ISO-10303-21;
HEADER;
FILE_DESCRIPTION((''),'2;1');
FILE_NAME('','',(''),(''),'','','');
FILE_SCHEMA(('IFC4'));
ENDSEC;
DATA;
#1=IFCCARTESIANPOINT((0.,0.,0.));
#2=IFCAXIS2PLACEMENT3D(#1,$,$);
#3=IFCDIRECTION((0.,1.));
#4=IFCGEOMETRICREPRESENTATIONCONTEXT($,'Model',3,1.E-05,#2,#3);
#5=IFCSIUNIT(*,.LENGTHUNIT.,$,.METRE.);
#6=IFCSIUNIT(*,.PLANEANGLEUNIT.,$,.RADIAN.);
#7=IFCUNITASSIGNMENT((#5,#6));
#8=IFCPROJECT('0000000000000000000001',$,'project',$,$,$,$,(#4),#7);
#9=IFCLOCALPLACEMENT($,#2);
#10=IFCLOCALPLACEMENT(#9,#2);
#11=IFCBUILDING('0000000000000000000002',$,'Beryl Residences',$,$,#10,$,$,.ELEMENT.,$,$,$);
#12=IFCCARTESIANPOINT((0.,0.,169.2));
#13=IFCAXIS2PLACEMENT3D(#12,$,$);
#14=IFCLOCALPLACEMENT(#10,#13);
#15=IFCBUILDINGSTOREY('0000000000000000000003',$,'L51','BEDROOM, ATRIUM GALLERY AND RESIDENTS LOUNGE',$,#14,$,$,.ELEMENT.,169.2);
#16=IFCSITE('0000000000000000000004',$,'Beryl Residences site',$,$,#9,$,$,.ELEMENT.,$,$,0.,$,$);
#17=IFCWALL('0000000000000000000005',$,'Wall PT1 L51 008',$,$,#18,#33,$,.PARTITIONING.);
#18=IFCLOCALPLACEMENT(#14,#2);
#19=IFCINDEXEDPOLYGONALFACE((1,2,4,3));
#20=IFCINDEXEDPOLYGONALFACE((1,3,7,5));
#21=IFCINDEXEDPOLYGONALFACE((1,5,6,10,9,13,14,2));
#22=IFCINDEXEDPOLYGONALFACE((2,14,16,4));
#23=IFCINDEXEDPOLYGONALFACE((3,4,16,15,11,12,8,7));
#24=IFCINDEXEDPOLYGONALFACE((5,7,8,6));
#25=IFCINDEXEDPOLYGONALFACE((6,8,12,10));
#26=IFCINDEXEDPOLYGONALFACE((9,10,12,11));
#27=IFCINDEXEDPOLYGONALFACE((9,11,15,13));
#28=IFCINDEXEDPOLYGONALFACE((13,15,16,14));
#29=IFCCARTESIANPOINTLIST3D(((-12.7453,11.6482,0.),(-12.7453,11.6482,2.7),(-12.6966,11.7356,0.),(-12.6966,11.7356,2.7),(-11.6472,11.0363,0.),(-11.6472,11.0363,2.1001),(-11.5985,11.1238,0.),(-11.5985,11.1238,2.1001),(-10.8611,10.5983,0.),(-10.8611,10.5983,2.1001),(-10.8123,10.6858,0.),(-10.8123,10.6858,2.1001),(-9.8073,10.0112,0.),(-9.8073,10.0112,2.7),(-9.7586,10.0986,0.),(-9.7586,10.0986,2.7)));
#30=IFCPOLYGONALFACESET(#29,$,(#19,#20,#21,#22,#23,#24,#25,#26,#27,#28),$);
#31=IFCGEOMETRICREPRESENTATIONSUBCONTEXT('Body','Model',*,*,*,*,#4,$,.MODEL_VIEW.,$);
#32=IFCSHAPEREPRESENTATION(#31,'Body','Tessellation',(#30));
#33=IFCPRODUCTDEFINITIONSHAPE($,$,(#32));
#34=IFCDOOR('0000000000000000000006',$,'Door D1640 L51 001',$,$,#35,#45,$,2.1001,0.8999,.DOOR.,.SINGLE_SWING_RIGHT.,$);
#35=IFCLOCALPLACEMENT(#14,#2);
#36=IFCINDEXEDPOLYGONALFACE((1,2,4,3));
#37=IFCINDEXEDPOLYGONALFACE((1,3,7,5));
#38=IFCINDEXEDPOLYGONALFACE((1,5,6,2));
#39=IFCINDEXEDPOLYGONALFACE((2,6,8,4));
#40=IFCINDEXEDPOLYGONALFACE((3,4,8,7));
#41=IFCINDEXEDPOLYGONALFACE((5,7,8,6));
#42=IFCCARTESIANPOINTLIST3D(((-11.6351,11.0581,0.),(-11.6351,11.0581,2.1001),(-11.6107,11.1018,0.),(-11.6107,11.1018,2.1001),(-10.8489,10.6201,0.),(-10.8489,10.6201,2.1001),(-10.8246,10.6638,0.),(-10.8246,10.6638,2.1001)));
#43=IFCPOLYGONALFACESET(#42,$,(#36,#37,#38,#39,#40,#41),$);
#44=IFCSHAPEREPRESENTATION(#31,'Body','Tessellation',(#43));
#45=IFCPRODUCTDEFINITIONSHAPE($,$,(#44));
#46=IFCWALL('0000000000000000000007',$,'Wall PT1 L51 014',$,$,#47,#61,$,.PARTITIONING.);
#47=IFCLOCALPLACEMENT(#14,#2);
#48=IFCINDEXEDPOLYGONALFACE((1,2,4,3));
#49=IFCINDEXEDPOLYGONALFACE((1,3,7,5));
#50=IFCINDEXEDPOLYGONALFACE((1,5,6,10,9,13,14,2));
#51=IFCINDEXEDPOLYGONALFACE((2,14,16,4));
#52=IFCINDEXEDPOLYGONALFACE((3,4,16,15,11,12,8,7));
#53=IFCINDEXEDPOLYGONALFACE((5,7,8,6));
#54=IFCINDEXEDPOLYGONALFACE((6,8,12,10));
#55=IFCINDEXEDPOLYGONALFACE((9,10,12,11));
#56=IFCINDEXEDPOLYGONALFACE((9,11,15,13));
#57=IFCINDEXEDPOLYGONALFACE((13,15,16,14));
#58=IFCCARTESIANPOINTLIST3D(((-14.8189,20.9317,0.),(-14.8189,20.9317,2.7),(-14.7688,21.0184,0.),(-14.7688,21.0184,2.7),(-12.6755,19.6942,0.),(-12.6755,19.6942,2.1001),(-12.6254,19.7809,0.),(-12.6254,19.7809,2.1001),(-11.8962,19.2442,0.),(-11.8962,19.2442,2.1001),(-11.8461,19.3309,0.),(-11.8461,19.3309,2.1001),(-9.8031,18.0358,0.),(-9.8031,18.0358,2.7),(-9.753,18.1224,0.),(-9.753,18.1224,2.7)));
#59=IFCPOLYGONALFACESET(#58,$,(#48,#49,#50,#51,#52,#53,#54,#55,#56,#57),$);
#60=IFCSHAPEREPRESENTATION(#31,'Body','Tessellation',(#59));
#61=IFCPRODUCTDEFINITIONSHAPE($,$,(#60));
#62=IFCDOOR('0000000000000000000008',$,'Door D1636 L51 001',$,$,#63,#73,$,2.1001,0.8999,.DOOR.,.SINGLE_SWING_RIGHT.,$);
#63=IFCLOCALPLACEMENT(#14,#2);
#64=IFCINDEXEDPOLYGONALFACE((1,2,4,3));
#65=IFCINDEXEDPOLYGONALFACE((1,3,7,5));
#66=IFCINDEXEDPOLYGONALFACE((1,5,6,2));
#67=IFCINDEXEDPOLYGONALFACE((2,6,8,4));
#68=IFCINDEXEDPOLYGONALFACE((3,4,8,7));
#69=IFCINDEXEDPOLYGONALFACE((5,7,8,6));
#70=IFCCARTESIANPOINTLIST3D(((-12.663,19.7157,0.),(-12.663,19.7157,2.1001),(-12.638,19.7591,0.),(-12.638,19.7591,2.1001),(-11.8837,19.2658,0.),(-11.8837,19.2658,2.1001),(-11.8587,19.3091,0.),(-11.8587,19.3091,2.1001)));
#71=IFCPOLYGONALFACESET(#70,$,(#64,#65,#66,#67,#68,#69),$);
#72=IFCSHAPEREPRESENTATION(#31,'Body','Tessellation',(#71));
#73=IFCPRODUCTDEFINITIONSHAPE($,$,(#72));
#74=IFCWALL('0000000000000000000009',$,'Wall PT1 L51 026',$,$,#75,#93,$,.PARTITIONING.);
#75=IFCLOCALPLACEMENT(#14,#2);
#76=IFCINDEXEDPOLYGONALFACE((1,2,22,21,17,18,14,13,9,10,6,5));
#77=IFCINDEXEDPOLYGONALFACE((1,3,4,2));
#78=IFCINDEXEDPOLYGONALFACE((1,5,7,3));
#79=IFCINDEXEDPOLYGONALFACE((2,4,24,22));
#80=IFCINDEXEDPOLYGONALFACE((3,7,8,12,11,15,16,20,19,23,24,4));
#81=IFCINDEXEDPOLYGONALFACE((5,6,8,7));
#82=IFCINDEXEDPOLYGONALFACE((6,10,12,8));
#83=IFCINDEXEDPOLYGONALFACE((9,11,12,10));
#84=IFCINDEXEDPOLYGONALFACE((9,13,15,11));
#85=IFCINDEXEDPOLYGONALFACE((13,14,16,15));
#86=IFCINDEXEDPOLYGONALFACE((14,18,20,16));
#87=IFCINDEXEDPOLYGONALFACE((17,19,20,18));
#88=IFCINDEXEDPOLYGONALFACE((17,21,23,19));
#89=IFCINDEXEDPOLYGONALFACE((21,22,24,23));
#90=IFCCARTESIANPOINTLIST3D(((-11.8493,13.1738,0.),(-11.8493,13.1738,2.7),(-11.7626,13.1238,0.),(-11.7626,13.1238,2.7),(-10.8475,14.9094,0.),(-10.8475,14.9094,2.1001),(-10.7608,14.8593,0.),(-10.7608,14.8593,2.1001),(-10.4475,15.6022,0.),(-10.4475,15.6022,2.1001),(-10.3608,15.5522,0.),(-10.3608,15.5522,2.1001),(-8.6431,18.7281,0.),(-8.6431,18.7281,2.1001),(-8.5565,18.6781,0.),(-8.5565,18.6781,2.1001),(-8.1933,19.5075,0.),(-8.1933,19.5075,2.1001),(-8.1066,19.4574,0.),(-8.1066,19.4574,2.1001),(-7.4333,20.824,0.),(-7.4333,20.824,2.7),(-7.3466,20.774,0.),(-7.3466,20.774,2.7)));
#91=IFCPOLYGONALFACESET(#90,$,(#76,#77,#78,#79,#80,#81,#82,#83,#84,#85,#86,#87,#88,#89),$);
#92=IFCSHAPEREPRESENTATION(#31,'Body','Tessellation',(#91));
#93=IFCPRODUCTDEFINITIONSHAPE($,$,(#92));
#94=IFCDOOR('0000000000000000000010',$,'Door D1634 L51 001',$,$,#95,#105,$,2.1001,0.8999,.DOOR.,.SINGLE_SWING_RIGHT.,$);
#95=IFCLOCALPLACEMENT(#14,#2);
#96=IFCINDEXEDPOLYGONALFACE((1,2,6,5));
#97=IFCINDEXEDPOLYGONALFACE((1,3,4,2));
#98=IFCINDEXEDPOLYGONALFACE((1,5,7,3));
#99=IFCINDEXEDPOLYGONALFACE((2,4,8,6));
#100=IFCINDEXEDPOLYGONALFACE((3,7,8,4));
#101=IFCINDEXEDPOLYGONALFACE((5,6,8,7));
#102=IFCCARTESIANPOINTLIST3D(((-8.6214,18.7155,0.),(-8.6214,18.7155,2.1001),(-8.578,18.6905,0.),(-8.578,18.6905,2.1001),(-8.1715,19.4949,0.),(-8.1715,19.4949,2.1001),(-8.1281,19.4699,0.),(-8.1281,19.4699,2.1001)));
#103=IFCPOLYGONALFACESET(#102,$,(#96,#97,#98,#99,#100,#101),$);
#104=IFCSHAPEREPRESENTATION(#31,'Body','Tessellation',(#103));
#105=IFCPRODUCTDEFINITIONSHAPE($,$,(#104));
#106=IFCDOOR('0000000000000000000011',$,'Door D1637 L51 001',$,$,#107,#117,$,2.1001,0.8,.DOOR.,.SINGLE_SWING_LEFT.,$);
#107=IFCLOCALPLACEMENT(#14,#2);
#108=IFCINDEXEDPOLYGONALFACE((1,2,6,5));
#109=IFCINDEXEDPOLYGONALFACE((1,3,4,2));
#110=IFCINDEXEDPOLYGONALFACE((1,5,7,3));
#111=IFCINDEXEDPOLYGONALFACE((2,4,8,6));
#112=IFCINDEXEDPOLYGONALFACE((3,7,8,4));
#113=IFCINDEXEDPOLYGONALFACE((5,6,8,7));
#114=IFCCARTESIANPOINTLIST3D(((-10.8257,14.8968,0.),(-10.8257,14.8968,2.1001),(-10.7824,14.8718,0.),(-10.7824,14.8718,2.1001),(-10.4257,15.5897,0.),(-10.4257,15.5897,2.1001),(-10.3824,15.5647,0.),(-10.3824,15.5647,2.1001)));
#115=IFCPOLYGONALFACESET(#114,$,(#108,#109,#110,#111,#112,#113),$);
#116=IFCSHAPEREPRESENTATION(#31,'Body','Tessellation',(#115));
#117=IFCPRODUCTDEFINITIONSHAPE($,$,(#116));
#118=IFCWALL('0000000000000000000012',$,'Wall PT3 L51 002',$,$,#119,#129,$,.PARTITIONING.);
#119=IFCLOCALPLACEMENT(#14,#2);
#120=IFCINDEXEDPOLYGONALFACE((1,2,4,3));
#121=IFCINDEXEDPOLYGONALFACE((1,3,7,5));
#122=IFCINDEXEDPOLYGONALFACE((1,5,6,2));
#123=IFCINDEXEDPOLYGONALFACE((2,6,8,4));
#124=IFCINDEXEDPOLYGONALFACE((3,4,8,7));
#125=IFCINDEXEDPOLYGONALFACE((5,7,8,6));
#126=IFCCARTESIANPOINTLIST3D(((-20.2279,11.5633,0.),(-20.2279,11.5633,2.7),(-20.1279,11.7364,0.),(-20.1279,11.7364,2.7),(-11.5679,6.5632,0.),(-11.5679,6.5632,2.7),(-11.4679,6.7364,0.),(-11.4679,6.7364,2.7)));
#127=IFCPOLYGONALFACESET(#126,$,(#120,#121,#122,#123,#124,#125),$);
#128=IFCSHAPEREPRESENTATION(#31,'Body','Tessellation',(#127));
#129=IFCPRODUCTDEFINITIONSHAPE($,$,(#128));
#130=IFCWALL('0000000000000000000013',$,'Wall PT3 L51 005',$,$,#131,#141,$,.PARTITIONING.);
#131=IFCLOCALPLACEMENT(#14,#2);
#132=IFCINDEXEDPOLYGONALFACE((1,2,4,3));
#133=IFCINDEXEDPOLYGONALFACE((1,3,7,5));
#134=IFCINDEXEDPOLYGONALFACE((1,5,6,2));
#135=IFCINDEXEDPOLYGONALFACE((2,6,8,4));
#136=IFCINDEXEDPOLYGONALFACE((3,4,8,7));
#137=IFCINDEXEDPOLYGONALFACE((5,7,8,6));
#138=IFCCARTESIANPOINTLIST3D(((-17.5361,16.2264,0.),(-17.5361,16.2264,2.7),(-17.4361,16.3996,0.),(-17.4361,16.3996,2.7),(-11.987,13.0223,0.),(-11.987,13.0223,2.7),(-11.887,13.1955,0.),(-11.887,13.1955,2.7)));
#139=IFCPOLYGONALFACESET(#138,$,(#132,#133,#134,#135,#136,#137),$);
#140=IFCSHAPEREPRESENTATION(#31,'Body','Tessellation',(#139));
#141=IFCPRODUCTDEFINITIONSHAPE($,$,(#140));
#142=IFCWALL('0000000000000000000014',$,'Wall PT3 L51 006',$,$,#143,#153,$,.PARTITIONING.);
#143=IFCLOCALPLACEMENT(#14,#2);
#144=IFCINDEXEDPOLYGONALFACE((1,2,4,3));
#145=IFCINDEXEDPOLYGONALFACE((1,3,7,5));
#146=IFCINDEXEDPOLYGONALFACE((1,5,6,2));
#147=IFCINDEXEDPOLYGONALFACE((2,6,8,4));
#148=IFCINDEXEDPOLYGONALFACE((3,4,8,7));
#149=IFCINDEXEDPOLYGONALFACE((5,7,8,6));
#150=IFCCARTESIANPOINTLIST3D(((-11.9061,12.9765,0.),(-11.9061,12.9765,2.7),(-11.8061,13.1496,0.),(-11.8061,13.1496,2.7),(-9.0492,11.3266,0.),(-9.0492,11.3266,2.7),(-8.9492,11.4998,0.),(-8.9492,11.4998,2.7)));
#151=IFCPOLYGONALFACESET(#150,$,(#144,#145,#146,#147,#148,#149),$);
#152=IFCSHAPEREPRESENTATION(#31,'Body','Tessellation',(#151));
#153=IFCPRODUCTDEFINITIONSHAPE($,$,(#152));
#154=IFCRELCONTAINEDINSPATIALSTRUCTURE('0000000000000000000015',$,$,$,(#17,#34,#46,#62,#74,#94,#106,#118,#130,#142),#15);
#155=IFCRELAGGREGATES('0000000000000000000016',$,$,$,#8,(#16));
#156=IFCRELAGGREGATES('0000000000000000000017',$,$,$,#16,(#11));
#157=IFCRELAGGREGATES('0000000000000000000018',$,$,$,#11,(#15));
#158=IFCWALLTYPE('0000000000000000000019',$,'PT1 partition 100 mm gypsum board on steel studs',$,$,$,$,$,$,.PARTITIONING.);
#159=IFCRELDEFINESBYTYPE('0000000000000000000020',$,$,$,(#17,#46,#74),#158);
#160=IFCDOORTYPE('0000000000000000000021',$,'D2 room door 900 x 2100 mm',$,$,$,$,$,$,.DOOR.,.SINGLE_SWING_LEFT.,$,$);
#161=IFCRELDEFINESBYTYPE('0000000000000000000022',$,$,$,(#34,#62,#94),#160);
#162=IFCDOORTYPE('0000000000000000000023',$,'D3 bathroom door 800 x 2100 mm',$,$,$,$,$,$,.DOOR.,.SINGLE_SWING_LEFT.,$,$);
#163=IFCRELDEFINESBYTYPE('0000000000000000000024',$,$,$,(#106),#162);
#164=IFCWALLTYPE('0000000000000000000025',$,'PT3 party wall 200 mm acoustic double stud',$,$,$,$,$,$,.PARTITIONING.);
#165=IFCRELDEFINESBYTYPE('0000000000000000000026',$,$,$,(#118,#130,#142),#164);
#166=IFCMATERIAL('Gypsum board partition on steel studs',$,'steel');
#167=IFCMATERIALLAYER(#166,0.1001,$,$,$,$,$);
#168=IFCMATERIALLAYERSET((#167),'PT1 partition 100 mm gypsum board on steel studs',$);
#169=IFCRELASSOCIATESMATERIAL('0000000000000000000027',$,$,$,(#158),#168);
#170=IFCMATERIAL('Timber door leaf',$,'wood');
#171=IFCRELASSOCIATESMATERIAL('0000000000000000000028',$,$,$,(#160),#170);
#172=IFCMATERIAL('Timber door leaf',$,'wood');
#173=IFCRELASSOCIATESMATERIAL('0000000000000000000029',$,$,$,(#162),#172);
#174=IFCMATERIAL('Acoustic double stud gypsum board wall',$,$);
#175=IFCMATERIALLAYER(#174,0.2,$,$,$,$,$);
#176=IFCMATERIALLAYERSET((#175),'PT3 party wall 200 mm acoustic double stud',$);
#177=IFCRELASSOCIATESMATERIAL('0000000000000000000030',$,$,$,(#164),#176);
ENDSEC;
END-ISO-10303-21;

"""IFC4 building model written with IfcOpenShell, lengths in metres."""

from ifc_helpers import new_model, si_unit, direction, frame, frame_2d, origin, place, context, subcontext, project, spatial, rectangle, extrude, material, layer, layer_set, type_object, element, fill, save


model = new_model("IFC4")

# Units and contexts
model_context = context("Model", 3, precision=1e-05, world=origin(), true_north=direction((0.0, 1.0)))
body_context = subcontext(model_context, "Body", "Model", "MODEL_VIEW")
ifc_project = project(units=[si_unit("LENGTHUNIT", "METRE"), si_unit("PLANEANGLEUNIT", "RADIAN")], contexts=[model_context])

# Site, building, storey
site_placement = place(None, origin())
site = spatial("IfcSite", under=ifc_project, at=site_placement, Name="Beryl Residences site", CompositionType="ELEMENT", RefElevation=0.0)
building_placement = place(site_placement, origin())
building = spatial("IfcBuilding", under=site, at=building_placement, Name="Beryl Residences", CompositionType="ELEMENT")
storey_placement = place(building_placement, frame((0.0, 0.0, 169.2)))
storey = spatial("IfcBuildingStorey", under=building, at=storey_placement, Name="L51", Description="BEDROOM, ATRIUM GALLERY AND RESIDENTS LOUNGE", CompositionType="ELEMENT", Elevation=169.2)

# Walls, openings, doors
ifc_material_1 = material(Name="Gypsum board partition on steel studs", Category="steel")
ifc_layer_1 = layer(ifc_material_1, 0.1001)
ifc_layer_set_1 = layer_set([ifc_layer_1], Name="PT1 partition 100 mm gypsum board on steel studs")
wall_type_1 = type_object("IfcWallType", Name="PT1 partition 100 mm gypsum board on steel studs", PredefinedType="PARTITIONING", material=ifc_layer_set_1)
wall_1_placement = place(storey_placement, frame((-12.7209, 11.6919, 0.0), z_axis=(0.0, 0.0, 1.0), x_axis=(0.873557, -0.486721, 0.0)))
wall_1 = element("IfcWall", 1, at=wall_1_placement, inside=storey, type_object=wall_type_1, Name="Wall PT1 L51 008", PredefinedType="PARTITIONING", context=body_context, shape_type="SweptSolid", body=[
    extrude(rectangle(XDim=3.3633, YDim=0.1001, at=frame_2d((1.6816, 0.0))), origin(), (0.0, 0.0, 1.0), 2.7),
])
opening_1_placement = place(wall_1_placement, frame((1.2571, 0.0, 0.0)))
opening_1 = element("IfcOpeningElement", 2, at=opening_1_placement, cuts=wall_1, PredefinedType="OPENING", context=body_context, shape_type="SweptSolid", body=[
    extrude(rectangle(XDim=0.8999, YDim=2.1001, at=frame_2d((0.45, 1.05))), frame((0.0, 0.0601, 0.0), z_axis=(0.0, -1.0, 0.0), x_axis=(1.0, 0.0, 0.0)), (0.0, 0.0, 1.0), 0.1201),
])
ifc_material_2 = material(Name="Timber door leaf", Category="wood")
door_type_1 = type_object("IfcDoorType", Name="D2 room door 900 x 2100 mm", OperationType="SINGLE_SWING_LEFT", PredefinedType="DOOR", material=ifc_material_2)
door_1_placement = place(opening_1_placement, origin())
door_1 = element("IfcDoor", 3, at=door_1_placement, inside=storey, type_object=door_type_1, Name="Door D1640 L51 001", OperationType="SINGLE_SWING_RIGHT", OverallHeight=2.1001, OverallWidth=0.8999, PredefinedType="DOOR", context=body_context, shape_type="SweptSolid", body=[
    extrude(rectangle(XDim=0.8999, YDim=2.1001, at=frame_2d((0.45, 1.05))), frame((0.0, 0.0249, 0.0), z_axis=(0.0, -1.0, 0.0), x_axis=(1.0, 0.0, 0.0)), (0.0, 0.0, 1.0), 0.05),
])
fill(opening_1, door_1)
wall_2_placement = place(storey_placement, frame((-14.7939, 20.9751, 0.0), z_axis=(0.0, 0.0, 1.0), x_axis=(0.866019, -0.500011, 0.0)))
wall_2 = element("IfcWall", 4, at=wall_2_placement, inside=storey, type_object=wall_type_1, Name="Wall PT1 L51 014", PredefinedType="PARTITIONING", context=body_context, shape_type="SweptSolid", body=[
    extrude(rectangle(XDim=5.7917, YDim=0.1001, at=frame_2d((2.896, 0.0))), origin(), (0.0, 0.0, 1.0), 2.7),
])
opening_2_placement = place(wall_2_placement, frame((2.4751, 0.0, 0.0)))
opening_2 = element("IfcOpeningElement", 5, at=opening_2_placement, cuts=wall_2, PredefinedType="OPENING", context=body_context, shape_type="SweptSolid", body=[
    extrude(rectangle(XDim=0.8999, YDim=2.1001, at=frame_2d((0.45, 1.05))), frame((0.0, 0.0601, 0.0), z_axis=(0.0, -1.0, 0.0), x_axis=(1.0, 0.0, 0.0)), (0.0, 0.0, 1.0), 0.1201),
])
door_2_placement = place(opening_2_placement, origin())
door_2 = element("IfcDoor", 6, at=door_2_placement, inside=storey, type_object=door_type_1, Name="Door D1636 L51 001", OperationType="SINGLE_SWING_RIGHT", OverallHeight=2.1001, OverallWidth=0.8999, PredefinedType="DOOR", context=body_context, shape_type="SweptSolid", body=[
    extrude(rectangle(XDim=0.8999, YDim=2.1001, at=frame_2d((0.45, 1.05))), frame((0.0, 0.0249, 0.0), z_axis=(0.0, -1.0, 0.0), x_axis=(1.0, 0.0, 0.0)), (0.0, 0.0, 1.0), 0.05),
])
fill(opening_2, door_2)

# Wall, openings, doors
wall_3_placement = place(storey_placement, frame((-11.8059, 13.1489, 0.0), z_axis=(0.0, 0.0, 1.0), x_axis=(0.499932, 0.866065, 0.0)))
wall_3 = element("IfcWall", 7, at=wall_3_placement, inside=storey, type_object=wall_type_1, Name="Wall PT1 L51 026", PredefinedType="PARTITIONING", context=body_context, shape_type="SweptSolid", body=[
    extrude(rectangle(XDim=8.8333, YDim=0.1001, at=frame_2d((4.4165, 0.0))), origin(), (0.0, 0.0, 1.0), 2.7),
])
opening_3_placement = place(wall_3_placement, frame((6.4131, 0.0, 0.0)))
opening_3 = element("IfcOpeningElement", 8, at=opening_3_placement, cuts=wall_3, PredefinedType="OPENING", context=body_context, shape_type="SweptSolid", body=[
    extrude(rectangle(XDim=0.8999, YDim=2.1001, at=frame_2d((0.45, 1.05))), frame((0.0, 0.0601, 0.0), z_axis=(0.0, -1.0, 0.0), x_axis=(1.0, 0.0, 0.0)), (0.0, 0.0, 1.0), 0.1201),
])
opening_4_placement = place(wall_3_placement, frame((2.0039, 0.0, 0.0)))
opening_4 = element("IfcOpeningElement", 9, at=opening_4_placement, cuts=wall_3, PredefinedType="OPENING", context=body_context, shape_type="SweptSolid", body=[
    extrude(rectangle(XDim=0.8, YDim=2.1001, at=frame_2d((0.3999, 1.05))), frame((0.0, 0.0601, 0.0), z_axis=(0.0, -1.0, 0.0), x_axis=(1.0, 0.0, 0.0)), (0.0, 0.0, 1.0), 0.1201),
])
door_3_placement = place(opening_3_placement, origin())
door_3 = element("IfcDoor", 10, at=door_3_placement, inside=storey, type_object=door_type_1, Name="Door D1634 L51 001", OperationType="SINGLE_SWING_RIGHT", OverallHeight=2.1001, OverallWidth=0.8999, PredefinedType="DOOR", context=body_context, shape_type="SweptSolid", body=[
    extrude(rectangle(XDim=0.8999, YDim=2.1001, at=frame_2d((0.45, 1.05))), frame((0.0, 0.0249, 0.0), z_axis=(0.0, -1.0, 0.0), x_axis=(1.0, 0.0, 0.0)), (0.0, 0.0, 1.0), 0.05),
])
fill(opening_3, door_3)
ifc_material_3 = material(Name="Timber door leaf", Category="wood")
door_type_2 = type_object("IfcDoorType", Name="D3 bathroom door 800 x 2100 mm", OperationType="SINGLE_SWING_LEFT", PredefinedType="DOOR", material=ifc_material_3)
door_4_placement = place(opening_4_placement, origin())
door_4 = element("IfcDoor", 11, at=door_4_placement, inside=storey, type_object=door_type_2, Name="Door D1637 L51 001", OperationType="SINGLE_SWING_LEFT", OverallHeight=2.1001, OverallWidth=0.8, PredefinedType="DOOR", context=body_context, shape_type="SweptSolid", body=[
    extrude(rectangle(XDim=0.8, YDim=2.1001, at=frame_2d((0.3999, 1.05))), frame((0.0, 0.0249, 0.0), z_axis=(0.0, -1.0, 0.0), x_axis=(1.0, 0.0, 0.0)), (0.0, 0.0, 1.0), 0.05),
])
fill(opening_4, door_4)

# Walls
ifc_material_4 = material(Name="Acoustic double stud gypsum board wall")
ifc_layer_2 = layer(ifc_material_4, 0.2)
ifc_layer_set_2 = layer_set([ifc_layer_2], Name="PT3 party wall 200 mm acoustic double stud")
wall_type_2 = type_object("IfcWallType", Name="PT3 party wall 200 mm acoustic double stud", PredefinedType="PARTITIONING", material=ifc_layer_set_2)
wall_4_placement = place(storey_placement, frame((-20.178, 11.6499, 0.0), z_axis=(0.0, 0.0, 1.0), x_axis=(0.866017, -0.500015, 0.0)))
element("IfcWall", 12, at=wall_4_placement, inside=storey, type_object=wall_type_2, Name="Wall PT3 L51 002", PredefinedType="PARTITIONING", context=body_context, shape_type="SweptSolid", body=[
    extrude(rectangle(XDim=9.9998, YDim=0.2, at=frame_2d((5.0, 0.0))), origin(), (0.0, 0.0, 1.0), 2.7),
])
wall_5_placement = place(storey_placement, frame((-17.4861, 16.313, 0.0), z_axis=(0.0, 0.0, 1.0), x_axis=(0.866002, -0.50004, 0.0)))
element("IfcWall", 13, at=wall_5_placement, inside=storey, type_object=wall_type_2, Name="Wall PT3 L51 005", PredefinedType="PARTITIONING", context=body_context, shape_type="SweptSolid", body=[
    extrude(rectangle(XDim=6.4077, YDim=0.2, at=frame_2d((3.2039, 0.0))), origin(), (0.0, 0.0, 1.0), 2.7),
])
wall_6_placement = place(storey_placement, frame((-11.856, 13.063, 0.0), z_axis=(0.0, 0.0, 1.0), x_axis=(0.865966, -0.500103, 0.0)))
element("IfcWall", 14, at=wall_6_placement, inside=storey, type_object=wall_type_2, Name="Wall PT3 L51 006", PredefinedType="PARTITIONING", context=body_context, shape_type="SweptSolid", body=[
    extrude(rectangle(XDim=3.2991, YDim=0.2, at=frame_2d((1.6494, 0.0))), origin(), (0.0, 0.0, 1.0), 2.7),
])

save(model, "model.ifc")
